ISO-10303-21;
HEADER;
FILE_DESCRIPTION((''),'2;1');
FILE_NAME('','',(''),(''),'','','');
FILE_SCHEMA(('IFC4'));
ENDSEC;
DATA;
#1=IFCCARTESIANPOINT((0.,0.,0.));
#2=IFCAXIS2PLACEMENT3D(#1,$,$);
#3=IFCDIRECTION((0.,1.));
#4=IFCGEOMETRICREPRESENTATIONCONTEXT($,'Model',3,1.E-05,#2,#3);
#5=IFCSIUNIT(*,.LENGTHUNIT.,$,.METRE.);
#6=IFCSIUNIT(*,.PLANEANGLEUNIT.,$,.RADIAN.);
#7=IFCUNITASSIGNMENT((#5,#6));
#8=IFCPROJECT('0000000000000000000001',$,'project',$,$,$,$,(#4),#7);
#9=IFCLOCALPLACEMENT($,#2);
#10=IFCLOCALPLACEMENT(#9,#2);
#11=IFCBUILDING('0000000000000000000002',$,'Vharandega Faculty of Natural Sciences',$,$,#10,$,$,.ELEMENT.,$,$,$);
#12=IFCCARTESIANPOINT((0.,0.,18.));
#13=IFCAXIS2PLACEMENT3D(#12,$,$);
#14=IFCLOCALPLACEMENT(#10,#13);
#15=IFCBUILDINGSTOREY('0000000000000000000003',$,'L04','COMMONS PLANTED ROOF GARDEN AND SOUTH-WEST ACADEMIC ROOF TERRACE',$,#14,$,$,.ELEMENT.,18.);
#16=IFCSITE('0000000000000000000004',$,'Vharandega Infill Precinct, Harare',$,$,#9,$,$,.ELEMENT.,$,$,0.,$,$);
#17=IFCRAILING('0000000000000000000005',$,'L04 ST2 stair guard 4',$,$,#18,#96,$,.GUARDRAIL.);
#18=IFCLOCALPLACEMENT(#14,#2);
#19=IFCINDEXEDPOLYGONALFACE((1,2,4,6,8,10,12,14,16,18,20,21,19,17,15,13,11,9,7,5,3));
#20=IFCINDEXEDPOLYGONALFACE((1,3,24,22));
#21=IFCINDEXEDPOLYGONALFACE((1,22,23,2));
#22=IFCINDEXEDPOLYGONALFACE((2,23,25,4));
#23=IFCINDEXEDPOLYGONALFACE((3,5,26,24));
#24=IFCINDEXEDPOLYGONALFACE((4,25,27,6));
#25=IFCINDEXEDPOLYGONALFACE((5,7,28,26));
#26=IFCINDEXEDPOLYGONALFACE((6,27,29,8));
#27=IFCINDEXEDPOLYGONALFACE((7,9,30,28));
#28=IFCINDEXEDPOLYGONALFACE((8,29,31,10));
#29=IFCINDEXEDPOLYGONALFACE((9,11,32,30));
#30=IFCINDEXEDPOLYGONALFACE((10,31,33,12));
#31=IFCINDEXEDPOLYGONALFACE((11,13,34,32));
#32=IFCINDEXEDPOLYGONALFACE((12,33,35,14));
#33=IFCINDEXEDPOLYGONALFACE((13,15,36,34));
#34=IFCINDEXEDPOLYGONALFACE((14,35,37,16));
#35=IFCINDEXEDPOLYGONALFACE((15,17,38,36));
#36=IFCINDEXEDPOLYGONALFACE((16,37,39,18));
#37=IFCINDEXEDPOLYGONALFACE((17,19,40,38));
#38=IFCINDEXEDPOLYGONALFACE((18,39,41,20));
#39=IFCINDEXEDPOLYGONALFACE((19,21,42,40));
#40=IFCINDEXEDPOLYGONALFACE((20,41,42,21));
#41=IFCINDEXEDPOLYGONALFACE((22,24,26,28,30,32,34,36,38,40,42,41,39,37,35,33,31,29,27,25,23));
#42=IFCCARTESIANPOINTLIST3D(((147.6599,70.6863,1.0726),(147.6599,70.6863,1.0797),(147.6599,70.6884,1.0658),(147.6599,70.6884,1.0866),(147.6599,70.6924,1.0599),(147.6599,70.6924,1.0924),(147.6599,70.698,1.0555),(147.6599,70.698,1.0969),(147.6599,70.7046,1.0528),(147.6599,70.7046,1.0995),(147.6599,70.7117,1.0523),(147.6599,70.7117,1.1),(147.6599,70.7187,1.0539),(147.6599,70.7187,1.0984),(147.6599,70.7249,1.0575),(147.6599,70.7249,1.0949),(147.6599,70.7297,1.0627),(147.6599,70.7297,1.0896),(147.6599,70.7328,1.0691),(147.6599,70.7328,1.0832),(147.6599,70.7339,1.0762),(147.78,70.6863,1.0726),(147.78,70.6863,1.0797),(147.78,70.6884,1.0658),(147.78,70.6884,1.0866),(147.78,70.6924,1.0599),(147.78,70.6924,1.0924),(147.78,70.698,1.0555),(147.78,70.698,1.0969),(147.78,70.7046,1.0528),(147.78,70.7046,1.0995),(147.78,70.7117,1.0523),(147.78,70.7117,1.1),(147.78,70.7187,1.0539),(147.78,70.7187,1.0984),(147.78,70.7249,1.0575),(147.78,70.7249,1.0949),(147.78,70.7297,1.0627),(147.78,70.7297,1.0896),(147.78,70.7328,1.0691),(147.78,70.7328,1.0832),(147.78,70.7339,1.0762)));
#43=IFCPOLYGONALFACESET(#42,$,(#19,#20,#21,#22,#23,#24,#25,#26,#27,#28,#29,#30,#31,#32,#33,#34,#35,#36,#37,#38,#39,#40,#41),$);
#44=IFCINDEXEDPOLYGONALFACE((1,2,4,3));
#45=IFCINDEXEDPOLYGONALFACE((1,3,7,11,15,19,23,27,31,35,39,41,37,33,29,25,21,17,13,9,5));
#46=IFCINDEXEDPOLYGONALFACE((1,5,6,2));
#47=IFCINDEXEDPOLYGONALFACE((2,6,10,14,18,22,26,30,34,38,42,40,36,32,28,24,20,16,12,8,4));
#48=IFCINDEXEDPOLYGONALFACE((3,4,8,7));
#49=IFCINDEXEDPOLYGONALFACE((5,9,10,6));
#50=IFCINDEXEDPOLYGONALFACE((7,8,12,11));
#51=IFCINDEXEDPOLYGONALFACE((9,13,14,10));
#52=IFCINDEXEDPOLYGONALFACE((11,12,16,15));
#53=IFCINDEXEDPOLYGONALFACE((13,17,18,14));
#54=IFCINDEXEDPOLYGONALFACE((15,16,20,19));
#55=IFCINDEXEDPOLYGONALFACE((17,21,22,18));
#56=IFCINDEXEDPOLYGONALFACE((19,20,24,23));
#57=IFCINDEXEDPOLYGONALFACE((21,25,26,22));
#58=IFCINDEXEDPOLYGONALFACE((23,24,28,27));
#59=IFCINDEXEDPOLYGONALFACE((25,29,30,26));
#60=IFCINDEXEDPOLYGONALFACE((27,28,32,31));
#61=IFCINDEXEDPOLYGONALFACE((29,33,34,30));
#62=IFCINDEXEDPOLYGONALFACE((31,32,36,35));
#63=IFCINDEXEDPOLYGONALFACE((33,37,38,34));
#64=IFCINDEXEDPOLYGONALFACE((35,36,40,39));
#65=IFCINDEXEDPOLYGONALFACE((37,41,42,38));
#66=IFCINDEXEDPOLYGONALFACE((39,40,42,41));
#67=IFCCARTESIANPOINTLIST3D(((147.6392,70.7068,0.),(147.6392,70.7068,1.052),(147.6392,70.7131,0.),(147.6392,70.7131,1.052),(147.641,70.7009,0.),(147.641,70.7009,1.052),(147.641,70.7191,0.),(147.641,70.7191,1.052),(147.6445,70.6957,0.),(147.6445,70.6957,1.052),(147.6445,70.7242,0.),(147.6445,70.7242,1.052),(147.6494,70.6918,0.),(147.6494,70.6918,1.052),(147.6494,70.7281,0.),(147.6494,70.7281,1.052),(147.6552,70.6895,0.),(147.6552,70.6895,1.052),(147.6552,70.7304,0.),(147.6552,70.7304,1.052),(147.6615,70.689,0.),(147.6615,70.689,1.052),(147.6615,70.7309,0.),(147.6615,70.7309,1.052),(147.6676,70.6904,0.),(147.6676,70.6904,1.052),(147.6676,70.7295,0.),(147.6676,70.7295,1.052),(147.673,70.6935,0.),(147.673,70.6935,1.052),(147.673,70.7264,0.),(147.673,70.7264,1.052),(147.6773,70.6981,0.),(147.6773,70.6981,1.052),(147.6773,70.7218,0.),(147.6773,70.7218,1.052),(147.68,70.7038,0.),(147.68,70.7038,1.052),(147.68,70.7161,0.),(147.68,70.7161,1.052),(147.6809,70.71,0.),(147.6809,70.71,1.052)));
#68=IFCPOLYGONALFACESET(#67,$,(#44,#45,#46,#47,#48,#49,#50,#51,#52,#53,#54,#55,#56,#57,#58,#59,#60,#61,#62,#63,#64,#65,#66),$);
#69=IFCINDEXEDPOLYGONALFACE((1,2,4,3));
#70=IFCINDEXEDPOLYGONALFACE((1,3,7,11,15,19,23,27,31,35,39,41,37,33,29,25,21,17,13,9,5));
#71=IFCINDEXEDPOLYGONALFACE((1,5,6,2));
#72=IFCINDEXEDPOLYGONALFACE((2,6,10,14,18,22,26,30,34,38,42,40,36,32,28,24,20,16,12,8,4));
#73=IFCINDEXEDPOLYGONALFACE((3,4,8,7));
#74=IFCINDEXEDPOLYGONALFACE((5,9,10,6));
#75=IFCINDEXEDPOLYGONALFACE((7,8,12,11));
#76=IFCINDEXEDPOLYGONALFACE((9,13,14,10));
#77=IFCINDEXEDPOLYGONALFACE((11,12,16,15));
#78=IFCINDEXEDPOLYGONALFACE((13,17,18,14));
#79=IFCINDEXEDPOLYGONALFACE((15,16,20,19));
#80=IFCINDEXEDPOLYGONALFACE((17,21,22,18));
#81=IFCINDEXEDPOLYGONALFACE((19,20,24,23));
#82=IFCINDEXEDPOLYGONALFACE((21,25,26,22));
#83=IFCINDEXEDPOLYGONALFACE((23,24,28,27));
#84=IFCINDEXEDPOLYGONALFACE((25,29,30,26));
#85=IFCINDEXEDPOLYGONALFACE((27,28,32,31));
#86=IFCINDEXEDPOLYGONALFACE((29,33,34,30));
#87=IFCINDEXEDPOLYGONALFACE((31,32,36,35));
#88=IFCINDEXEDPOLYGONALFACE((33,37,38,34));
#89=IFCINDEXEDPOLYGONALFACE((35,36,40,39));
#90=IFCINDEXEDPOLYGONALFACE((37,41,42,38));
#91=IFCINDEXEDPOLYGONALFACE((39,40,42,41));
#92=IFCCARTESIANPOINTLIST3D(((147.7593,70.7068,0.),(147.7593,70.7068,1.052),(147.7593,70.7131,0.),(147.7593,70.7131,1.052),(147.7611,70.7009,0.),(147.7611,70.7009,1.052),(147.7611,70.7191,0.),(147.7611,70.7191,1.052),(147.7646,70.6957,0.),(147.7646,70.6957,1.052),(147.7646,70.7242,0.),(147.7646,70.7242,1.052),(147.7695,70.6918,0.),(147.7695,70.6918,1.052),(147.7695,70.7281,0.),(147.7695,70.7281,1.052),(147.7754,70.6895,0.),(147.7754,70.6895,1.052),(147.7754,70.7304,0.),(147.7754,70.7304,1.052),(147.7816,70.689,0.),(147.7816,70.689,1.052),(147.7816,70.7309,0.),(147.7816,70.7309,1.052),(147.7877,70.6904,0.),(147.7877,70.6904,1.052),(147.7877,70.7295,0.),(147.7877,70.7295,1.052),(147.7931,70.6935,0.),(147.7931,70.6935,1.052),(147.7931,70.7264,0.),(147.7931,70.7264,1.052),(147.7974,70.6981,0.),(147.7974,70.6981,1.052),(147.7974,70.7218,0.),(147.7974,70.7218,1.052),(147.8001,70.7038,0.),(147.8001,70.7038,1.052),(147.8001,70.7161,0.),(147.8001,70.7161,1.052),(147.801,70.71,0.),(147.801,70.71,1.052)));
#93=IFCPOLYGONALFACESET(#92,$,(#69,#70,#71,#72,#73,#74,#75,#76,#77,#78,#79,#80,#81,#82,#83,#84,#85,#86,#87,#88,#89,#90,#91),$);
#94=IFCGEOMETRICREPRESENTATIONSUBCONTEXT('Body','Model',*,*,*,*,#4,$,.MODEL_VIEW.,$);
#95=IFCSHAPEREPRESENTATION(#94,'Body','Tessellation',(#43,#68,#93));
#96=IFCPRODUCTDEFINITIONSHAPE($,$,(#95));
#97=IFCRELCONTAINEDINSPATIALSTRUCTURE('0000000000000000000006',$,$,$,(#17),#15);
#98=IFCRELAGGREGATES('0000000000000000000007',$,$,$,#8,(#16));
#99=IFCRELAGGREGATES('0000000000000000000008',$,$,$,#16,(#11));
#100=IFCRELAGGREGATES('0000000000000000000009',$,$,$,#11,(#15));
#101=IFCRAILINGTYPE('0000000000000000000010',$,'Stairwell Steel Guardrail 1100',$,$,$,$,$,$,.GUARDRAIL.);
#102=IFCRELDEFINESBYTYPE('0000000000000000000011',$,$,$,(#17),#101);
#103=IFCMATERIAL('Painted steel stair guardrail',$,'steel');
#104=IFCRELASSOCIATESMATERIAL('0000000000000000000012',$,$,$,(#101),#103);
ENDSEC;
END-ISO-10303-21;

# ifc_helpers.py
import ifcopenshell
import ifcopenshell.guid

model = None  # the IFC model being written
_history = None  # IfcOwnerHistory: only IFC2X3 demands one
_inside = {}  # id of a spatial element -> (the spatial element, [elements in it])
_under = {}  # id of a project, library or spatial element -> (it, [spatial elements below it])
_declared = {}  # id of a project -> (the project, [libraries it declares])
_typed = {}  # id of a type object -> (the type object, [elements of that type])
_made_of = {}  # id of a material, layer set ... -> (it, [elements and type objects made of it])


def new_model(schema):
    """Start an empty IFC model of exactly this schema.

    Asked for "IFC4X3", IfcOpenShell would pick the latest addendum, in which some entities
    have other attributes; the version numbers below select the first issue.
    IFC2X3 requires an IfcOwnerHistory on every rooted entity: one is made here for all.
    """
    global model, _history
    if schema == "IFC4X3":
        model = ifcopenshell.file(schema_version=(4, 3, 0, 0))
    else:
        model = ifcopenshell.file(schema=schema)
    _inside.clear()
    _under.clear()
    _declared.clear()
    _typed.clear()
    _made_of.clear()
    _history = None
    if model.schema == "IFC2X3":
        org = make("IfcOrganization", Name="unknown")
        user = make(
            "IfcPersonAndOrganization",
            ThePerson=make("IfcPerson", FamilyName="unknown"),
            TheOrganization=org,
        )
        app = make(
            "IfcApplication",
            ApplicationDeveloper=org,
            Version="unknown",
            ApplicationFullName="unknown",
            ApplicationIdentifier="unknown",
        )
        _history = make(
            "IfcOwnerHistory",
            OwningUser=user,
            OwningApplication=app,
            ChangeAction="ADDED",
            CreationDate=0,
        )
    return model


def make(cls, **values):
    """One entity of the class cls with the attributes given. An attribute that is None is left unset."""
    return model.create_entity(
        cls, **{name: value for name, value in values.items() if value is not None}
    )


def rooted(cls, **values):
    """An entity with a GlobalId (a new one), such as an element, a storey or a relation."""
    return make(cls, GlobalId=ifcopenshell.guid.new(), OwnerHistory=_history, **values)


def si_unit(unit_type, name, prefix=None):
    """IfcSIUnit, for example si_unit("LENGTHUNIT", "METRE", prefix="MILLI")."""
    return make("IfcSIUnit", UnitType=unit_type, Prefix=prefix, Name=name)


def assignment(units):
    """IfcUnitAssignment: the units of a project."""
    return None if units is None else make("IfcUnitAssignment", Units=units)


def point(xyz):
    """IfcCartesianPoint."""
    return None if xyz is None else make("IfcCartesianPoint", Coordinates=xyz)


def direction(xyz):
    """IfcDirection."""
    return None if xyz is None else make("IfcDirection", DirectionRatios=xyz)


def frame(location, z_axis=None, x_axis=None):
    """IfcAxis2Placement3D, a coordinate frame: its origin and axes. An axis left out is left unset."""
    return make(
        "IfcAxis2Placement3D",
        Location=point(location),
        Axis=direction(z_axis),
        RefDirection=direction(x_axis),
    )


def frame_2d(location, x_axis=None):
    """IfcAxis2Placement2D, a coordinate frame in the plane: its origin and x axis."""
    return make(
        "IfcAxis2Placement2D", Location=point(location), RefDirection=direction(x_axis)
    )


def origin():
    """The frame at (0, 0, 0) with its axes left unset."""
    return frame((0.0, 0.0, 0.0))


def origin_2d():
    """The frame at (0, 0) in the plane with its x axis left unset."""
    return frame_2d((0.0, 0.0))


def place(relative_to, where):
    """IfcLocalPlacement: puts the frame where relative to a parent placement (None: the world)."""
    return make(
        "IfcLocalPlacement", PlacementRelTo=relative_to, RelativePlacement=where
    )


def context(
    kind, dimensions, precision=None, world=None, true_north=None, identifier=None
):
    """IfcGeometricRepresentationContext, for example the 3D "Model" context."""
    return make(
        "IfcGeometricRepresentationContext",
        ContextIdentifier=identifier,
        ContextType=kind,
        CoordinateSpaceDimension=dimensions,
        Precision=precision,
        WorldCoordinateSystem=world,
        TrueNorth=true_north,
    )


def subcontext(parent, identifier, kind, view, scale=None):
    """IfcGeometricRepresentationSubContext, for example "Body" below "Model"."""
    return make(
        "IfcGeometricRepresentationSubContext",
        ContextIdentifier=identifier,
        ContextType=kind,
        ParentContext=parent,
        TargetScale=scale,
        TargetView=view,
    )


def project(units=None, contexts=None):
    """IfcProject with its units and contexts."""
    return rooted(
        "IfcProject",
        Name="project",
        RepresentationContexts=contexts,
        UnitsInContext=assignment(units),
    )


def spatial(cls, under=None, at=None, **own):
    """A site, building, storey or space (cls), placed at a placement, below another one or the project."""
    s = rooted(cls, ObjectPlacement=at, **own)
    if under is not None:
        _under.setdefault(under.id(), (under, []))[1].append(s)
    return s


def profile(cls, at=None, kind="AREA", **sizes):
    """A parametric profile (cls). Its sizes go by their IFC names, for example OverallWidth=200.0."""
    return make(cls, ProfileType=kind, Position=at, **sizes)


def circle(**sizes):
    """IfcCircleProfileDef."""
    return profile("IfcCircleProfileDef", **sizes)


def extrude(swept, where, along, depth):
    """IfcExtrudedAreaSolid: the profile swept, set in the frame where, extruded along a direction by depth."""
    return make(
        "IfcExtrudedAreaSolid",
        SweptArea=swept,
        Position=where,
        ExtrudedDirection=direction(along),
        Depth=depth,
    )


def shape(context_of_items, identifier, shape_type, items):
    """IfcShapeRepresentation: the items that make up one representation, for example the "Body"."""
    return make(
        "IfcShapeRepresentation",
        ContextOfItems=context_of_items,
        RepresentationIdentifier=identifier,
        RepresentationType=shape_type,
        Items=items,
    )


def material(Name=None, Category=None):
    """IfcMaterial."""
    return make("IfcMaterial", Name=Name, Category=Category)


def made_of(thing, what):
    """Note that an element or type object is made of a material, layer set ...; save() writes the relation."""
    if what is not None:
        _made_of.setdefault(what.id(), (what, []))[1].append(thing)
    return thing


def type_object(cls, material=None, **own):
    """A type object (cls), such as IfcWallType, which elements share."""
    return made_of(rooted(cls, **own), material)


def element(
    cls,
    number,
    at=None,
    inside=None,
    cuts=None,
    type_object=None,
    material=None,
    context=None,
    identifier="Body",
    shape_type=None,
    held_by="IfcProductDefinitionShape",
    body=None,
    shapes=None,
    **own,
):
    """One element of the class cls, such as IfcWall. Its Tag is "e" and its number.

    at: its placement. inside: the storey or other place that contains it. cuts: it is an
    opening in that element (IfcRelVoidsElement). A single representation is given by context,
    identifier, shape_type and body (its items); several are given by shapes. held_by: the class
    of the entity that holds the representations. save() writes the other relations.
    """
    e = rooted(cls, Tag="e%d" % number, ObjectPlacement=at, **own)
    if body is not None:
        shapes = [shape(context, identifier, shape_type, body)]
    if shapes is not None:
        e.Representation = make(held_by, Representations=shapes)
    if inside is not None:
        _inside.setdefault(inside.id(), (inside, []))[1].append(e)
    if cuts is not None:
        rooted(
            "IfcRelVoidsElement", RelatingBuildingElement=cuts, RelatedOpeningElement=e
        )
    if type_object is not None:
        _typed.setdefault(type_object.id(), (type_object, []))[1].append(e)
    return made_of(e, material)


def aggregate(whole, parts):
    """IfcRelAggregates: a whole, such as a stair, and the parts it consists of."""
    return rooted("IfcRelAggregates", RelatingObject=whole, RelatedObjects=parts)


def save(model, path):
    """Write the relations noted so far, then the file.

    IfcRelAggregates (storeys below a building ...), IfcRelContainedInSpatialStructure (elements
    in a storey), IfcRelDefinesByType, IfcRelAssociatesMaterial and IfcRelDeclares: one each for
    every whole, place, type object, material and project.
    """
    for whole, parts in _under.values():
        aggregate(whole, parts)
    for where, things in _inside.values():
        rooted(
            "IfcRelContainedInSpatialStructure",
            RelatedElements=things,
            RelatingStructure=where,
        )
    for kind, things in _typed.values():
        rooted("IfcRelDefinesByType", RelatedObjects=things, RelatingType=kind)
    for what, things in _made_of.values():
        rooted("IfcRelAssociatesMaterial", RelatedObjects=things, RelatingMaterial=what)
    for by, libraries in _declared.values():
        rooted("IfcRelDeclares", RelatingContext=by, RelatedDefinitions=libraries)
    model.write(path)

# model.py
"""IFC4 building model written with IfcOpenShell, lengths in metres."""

from ifc_helpers import new_model, si_unit, direction, frame, origin, origin_2d, place, context, subcontext, project, spatial, circle, extrude, material, type_object, element, save


model = new_model("IFC4")

# Units and contexts
model_context = context("Model", 3, precision=1e-05, world=origin(), true_north=direction((0.0, 1.0)))
body_context = subcontext(model_context, "Body", "Model", "MODEL_VIEW")
ifc_project = project(units=[si_unit("LENGTHUNIT", "METRE"), si_unit("PLANEANGLEUNIT", "RADIAN")], contexts=[model_context])

# Site, building, storey
site_placement = place(None, origin())
site = spatial("IfcSite", under=ifc_project, at=site_placement, Name="Vharandega Infill Precinct, Harare", CompositionType="ELEMENT", RefElevation=0.0)
building_placement = place(site_placement, origin())
building = spatial("IfcBuilding", under=site, at=building_placement, Name="Vharandega Faculty of Natural Sciences", CompositionType="ELEMENT")
storey_placement = place(building_placement, frame((0.0, 0.0, 18.0)))
storey = spatial("IfcBuildingStorey", under=building, at=storey_placement, Name="L04", Description="COMMONS PLANTED ROOF GARDEN AND SOUTH-WEST ACADEMIC ROOF TERRACE", CompositionType="ELEMENT", Elevation=18.0)

# Railing
ifc_material_1 = material(Name="Painted steel stair guardrail", Category="steel")
railing_type_1 = type_object("IfcRailingType", Name="Stairwell Steel Guardrail 1100", PredefinedType="GUARDRAIL", material=ifc_material_1)
railing_1_placement = place(storey_placement, frame((147.6599, 70.71, 0.0)))
element("IfcRailing", 1, at=railing_1_placement, inside=storey, type_object=railing_type_1, Name="L04 ST2 stair guard 4", PredefinedType="GUARDRAIL", context=body_context, shape_type="SweptSolid", body=[
    extrude(circle(Radius=0.0239, at=origin_2d()), frame((0.0, 0.0, 1.0762), z_axis=(1.0, 0.0, 0.0), x_axis=(0.0, 1.0, 0.0)), (0.0, 0.0, 1.0), 0.1201),
    extrude(circle(Radius=0.021, at=origin_2d()), origin(), (0.0, 0.0, 1.0), 1.052),
    extrude(circle(Radius=0.021, at=origin_2d()), frame((0.1201, 0.0, 0.0)), (0.0, 0.0, 1.0), 1.052),
])

save(model, "model.ifc")
